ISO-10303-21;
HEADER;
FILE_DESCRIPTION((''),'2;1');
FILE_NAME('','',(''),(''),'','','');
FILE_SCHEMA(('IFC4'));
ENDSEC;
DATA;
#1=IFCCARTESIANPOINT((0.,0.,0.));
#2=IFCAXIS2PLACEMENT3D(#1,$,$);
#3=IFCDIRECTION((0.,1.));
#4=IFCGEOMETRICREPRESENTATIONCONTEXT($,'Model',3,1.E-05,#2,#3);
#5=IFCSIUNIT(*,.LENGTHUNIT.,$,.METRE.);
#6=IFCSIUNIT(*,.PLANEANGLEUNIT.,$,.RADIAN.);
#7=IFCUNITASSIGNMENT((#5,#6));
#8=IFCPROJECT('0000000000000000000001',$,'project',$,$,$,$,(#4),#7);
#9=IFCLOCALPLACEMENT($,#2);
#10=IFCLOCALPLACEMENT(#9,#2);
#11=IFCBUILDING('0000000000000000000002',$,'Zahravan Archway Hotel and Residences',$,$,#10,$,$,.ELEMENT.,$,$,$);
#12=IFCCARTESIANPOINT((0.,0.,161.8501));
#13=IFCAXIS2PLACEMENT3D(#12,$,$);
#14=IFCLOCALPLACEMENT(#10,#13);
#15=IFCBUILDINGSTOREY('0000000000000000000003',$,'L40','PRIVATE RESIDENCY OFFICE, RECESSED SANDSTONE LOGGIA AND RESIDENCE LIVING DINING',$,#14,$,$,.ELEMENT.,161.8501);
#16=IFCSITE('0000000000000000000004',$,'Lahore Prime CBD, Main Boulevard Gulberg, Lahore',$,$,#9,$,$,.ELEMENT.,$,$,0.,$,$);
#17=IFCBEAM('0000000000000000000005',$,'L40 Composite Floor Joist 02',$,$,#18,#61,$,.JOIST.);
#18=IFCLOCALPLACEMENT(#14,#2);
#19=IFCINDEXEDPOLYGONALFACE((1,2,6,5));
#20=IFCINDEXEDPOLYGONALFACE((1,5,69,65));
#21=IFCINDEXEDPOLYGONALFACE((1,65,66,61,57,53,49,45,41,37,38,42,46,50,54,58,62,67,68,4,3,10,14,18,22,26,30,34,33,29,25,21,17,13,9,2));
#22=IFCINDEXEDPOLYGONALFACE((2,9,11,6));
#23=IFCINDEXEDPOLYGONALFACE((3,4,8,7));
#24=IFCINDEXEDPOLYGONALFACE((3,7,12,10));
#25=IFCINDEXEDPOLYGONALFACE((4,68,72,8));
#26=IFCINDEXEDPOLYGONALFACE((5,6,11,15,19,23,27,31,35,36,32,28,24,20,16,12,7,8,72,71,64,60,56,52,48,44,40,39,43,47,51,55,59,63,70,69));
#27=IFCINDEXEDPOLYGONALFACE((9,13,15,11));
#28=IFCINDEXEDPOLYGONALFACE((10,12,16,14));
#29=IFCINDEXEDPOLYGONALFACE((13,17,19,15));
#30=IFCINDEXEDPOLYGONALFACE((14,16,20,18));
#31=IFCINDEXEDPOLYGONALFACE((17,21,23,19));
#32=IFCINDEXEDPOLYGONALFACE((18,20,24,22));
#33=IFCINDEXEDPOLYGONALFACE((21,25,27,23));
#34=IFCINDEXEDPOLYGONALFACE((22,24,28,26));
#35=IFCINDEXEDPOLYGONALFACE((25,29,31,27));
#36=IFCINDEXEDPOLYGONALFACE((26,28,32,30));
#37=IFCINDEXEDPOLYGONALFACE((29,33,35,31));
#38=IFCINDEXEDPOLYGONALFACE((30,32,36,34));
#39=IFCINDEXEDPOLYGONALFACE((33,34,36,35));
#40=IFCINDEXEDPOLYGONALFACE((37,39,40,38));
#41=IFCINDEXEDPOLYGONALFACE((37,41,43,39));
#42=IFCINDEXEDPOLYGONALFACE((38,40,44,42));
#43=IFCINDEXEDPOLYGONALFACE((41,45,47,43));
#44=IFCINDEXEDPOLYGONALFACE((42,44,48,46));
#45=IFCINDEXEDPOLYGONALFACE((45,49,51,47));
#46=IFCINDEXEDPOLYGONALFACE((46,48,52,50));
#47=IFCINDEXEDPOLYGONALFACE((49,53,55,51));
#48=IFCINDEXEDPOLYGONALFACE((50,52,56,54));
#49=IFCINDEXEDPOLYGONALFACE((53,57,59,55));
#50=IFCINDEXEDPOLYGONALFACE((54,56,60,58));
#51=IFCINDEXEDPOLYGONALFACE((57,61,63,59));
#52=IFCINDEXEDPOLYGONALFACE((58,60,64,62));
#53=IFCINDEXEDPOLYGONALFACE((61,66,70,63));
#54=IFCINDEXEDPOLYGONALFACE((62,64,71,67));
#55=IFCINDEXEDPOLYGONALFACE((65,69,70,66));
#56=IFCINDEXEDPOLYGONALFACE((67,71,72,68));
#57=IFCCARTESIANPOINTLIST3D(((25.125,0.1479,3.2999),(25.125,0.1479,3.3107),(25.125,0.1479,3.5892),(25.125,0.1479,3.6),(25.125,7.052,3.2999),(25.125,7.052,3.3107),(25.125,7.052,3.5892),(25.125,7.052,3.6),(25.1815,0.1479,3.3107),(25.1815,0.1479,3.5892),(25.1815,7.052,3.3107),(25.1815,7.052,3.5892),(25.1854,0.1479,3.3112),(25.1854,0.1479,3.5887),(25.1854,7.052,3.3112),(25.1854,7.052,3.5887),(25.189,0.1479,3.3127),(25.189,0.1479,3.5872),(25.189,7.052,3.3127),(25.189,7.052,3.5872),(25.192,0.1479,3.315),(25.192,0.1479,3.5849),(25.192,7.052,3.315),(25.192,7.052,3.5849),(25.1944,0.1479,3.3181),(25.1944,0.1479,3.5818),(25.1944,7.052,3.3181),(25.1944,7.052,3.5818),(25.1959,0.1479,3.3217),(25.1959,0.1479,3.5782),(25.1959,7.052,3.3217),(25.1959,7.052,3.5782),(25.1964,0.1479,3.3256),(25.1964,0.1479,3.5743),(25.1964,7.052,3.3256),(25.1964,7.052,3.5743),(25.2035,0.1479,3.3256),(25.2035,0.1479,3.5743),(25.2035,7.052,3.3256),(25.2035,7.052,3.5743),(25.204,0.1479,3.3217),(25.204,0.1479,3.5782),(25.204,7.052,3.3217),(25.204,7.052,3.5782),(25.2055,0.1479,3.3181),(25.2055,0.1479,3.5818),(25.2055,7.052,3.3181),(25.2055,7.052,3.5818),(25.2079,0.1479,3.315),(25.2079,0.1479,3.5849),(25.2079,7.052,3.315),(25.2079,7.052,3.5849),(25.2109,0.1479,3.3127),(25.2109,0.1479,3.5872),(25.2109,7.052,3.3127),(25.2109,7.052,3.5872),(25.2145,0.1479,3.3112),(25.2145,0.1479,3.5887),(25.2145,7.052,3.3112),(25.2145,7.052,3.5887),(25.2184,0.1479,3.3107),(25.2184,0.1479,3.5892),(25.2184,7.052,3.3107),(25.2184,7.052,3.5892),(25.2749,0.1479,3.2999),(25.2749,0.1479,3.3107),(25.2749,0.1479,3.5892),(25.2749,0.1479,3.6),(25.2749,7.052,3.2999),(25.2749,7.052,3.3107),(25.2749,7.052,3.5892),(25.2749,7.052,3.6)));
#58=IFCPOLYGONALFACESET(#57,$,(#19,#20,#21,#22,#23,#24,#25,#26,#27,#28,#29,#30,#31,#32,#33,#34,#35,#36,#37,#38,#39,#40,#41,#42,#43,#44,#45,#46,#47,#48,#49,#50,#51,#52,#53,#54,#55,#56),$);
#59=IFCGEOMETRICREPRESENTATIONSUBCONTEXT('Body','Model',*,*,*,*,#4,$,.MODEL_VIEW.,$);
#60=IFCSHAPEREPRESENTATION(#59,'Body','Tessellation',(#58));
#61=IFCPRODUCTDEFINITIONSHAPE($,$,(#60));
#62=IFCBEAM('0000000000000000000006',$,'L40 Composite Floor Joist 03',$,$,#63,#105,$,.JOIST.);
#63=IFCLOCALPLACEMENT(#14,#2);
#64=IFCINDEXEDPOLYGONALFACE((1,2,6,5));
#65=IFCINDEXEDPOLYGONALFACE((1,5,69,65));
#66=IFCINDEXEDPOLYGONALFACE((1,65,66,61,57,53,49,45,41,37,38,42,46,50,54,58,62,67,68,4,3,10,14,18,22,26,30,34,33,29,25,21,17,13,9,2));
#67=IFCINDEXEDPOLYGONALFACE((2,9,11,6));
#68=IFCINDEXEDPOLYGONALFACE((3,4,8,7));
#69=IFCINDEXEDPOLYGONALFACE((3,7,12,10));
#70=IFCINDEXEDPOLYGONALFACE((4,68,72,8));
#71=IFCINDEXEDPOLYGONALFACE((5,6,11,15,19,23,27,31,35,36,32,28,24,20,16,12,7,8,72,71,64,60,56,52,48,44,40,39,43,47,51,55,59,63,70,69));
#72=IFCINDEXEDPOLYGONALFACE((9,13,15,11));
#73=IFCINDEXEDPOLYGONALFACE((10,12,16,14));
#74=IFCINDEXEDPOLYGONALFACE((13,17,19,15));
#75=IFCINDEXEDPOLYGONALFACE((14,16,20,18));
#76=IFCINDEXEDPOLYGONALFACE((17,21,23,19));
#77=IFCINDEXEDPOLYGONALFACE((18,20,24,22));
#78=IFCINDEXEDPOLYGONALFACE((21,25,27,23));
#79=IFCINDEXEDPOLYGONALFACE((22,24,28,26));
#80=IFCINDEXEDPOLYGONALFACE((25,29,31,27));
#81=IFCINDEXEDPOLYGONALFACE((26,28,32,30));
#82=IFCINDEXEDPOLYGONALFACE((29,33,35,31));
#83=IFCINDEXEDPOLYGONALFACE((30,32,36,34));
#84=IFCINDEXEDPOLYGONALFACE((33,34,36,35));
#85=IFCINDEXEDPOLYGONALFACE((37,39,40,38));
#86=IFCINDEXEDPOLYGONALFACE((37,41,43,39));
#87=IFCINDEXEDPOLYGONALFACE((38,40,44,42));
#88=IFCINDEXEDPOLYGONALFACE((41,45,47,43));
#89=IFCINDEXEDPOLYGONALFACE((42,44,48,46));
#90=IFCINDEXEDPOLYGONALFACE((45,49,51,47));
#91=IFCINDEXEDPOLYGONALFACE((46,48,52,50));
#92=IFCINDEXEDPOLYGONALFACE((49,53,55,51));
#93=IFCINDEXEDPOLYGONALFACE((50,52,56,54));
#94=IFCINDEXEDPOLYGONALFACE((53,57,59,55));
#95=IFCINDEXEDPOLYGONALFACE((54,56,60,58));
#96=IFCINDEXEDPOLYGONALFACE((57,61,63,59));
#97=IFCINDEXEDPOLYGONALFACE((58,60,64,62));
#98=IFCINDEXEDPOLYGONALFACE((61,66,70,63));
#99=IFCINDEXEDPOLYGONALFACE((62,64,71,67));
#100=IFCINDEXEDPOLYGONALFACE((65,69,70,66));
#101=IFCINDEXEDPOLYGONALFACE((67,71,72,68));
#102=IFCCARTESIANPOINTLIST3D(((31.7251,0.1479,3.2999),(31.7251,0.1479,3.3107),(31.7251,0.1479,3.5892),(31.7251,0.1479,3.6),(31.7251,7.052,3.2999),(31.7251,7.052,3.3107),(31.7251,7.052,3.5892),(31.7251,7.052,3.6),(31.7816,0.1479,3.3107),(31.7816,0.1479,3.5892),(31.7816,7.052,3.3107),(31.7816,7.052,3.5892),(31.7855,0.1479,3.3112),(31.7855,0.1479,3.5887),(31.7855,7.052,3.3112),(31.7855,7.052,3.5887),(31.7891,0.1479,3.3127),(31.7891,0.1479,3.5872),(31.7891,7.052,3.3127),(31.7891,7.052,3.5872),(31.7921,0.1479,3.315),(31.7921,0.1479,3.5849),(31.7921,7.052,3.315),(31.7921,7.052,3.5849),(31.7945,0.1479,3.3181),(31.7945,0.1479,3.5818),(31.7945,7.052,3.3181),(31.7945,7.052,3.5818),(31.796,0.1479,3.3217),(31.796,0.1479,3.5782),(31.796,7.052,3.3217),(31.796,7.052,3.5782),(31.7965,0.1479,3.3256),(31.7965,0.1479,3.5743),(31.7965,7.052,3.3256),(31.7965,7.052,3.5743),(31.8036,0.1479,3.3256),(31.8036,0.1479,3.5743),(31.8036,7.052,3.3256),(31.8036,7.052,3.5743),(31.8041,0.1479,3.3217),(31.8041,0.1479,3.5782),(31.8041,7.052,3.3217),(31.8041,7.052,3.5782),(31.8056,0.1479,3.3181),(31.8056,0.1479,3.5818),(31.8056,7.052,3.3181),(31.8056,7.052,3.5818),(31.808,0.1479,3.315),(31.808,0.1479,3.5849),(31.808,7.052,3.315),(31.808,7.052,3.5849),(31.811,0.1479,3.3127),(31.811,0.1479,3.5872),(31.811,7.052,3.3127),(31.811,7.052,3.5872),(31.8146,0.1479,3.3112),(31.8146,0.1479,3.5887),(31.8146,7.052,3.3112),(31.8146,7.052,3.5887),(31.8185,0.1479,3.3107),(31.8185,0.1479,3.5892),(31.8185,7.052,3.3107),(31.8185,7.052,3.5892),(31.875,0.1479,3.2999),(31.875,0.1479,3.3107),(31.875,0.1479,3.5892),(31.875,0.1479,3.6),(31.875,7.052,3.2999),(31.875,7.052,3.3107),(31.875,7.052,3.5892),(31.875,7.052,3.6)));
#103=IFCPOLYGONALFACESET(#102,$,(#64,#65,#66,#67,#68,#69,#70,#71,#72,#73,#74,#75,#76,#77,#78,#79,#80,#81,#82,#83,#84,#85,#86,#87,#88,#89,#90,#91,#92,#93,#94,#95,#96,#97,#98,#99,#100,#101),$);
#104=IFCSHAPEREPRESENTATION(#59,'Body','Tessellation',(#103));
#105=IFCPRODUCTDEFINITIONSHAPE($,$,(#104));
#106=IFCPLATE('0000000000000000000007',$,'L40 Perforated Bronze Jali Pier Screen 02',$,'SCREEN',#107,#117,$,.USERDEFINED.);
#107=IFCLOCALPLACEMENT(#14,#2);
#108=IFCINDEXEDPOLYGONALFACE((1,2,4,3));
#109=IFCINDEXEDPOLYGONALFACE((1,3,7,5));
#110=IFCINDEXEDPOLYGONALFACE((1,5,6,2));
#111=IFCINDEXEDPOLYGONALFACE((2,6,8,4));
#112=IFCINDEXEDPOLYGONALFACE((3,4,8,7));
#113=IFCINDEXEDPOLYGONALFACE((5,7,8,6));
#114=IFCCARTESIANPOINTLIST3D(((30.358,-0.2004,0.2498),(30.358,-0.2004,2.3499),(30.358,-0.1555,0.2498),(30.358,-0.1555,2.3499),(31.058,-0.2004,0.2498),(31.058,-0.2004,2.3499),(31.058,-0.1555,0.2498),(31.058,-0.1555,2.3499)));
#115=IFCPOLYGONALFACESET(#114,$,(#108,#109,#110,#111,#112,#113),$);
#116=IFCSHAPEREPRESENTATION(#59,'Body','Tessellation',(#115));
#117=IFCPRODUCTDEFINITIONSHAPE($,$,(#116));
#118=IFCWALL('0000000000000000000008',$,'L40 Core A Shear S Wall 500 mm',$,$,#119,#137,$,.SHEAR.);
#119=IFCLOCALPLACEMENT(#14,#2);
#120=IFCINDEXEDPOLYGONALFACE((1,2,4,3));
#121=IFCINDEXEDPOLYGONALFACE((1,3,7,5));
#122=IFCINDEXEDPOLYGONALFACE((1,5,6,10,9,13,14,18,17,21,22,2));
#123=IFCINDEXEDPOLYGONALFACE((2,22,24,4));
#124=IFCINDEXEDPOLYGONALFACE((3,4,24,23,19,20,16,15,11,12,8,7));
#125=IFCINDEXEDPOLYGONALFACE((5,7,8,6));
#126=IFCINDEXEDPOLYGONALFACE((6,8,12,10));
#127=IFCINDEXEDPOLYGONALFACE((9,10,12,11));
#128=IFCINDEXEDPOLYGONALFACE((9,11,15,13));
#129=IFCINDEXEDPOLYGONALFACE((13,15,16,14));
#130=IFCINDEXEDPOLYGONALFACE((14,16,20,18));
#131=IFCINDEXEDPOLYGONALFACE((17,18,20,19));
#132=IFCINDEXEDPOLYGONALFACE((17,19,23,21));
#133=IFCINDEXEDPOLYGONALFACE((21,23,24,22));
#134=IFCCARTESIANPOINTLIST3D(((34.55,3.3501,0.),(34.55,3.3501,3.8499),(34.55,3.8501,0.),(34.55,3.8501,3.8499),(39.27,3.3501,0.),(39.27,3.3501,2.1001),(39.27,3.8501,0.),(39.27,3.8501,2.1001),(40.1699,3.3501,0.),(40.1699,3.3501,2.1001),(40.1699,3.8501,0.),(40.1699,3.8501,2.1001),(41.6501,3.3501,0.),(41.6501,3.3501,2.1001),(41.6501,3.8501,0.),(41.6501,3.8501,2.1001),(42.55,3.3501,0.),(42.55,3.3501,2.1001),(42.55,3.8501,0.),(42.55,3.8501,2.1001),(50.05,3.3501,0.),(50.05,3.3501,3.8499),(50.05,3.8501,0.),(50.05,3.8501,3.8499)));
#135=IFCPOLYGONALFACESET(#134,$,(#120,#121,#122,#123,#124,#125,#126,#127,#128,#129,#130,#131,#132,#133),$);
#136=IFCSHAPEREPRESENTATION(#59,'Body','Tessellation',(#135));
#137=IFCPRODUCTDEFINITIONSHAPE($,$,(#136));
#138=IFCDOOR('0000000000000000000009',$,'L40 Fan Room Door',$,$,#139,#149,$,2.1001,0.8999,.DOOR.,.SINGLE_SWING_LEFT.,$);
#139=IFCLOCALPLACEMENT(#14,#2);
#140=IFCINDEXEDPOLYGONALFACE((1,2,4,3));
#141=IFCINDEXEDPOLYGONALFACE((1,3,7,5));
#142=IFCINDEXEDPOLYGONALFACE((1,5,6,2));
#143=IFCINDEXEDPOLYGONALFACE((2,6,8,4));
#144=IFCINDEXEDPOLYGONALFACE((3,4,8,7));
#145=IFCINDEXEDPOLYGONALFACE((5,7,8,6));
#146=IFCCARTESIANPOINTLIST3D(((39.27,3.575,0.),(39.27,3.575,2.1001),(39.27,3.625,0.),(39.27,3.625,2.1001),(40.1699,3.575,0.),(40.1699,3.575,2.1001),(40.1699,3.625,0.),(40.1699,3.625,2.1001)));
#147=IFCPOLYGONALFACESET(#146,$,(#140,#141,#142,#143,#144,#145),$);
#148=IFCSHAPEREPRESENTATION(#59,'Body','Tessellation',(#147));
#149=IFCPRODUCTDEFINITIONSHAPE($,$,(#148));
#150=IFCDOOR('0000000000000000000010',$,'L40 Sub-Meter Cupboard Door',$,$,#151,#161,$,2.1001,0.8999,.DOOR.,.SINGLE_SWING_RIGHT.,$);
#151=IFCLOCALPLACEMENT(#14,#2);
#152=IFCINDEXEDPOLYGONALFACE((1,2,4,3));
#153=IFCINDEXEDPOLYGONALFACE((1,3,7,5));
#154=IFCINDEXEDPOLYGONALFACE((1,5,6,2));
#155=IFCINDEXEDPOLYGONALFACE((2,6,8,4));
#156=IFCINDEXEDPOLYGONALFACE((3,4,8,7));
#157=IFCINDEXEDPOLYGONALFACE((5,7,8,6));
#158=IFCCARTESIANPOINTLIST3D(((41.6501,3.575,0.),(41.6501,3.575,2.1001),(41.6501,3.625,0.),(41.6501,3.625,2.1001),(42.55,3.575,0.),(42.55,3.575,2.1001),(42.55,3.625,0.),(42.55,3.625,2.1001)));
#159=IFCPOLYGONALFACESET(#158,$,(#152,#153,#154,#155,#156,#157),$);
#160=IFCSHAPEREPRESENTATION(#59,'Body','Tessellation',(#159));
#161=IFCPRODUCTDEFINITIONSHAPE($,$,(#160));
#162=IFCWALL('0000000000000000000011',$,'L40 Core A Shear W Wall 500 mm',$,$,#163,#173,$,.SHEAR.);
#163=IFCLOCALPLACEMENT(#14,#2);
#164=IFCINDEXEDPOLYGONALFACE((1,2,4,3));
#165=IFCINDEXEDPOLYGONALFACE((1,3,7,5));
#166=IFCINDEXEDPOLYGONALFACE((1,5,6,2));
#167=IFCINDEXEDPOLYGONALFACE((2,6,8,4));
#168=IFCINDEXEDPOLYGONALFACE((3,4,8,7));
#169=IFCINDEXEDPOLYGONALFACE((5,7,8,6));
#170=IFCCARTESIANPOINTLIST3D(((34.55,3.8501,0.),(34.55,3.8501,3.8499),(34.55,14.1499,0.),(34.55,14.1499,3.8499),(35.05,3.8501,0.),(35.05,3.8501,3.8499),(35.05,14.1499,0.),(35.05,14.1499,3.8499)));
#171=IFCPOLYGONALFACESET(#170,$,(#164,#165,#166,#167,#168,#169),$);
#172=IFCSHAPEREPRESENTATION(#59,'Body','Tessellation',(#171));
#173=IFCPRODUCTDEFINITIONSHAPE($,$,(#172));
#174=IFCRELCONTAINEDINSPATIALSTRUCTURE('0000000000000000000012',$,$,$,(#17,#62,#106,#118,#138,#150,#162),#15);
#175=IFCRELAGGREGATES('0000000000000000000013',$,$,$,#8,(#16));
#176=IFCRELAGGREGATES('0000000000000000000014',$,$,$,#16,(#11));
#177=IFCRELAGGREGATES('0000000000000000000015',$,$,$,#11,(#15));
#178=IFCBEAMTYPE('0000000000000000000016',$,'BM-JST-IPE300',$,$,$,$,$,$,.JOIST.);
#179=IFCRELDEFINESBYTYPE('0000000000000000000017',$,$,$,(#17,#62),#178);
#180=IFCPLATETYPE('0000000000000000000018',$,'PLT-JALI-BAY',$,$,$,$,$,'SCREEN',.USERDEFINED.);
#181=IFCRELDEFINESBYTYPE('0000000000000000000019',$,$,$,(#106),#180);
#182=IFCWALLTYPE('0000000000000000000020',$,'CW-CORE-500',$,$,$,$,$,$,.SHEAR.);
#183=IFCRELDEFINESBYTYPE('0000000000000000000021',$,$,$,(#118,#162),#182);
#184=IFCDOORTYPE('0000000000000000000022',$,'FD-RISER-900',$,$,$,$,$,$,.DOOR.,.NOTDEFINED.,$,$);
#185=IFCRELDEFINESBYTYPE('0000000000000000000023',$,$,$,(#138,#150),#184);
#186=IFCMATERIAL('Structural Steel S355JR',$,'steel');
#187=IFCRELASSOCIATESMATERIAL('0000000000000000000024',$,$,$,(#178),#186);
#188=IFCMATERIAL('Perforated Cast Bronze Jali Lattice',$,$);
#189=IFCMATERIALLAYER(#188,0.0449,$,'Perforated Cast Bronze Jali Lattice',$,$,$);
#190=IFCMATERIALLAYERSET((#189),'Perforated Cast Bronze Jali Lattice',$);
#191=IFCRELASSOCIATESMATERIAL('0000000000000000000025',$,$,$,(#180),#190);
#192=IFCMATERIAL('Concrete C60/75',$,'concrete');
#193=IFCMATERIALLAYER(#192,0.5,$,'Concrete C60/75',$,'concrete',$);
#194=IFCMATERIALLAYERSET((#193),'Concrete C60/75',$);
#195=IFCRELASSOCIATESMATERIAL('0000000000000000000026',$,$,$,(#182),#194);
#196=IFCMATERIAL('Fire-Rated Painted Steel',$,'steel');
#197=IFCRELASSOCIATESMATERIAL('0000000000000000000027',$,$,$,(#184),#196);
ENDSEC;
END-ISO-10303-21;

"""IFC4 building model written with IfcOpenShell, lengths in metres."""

from ifc_helpers import new_model, si_unit, direction, frame, frame_2d, origin, origin_2d, place, context, subcontext, project, spatial, rectangle, i_section, extrude, source, transform, mapped, material, layer, layer_set, material_profile, profile_set, type_object, type_shapes, element, fill, save


model = new_model("IFC4")

# Units and contexts
model_context = context("Model", 3, precision=1e-05, world=origin(), true_north=direction((0.0, 1.0)))
body_context = subcontext(model_context, "Body", "Model", "MODEL_VIEW")
ifc_project = project(units=[si_unit("LENGTHUNIT", "METRE"), si_unit("PLANEANGLEUNIT", "RADIAN")], contexts=[model_context])

# Site, building, storey
site_placement = place(None, origin())
site = spatial("IfcSite", under=ifc_project, at=site_placement, Name="Lahore Prime CBD, Main Boulevard Gulberg, Lahore", CompositionType="ELEMENT", RefElevation=0.0)
building_placement = place(site_placement, origin())
building = spatial("IfcBuilding", under=site, at=building_placement, Name="Zahravan Archway Hotel and Residences", CompositionType="ELEMENT")
storey_placement = place(building_placement, frame((0.0, 0.0, 161.8501)))
storey = spatial("IfcBuildingStorey", under=building, at=storey_placement, Name="L40", Description="PRIVATE RESIDENCY OFFICE, RECESSED SANDSTONE LOGGIA AND RESIDENCE LIVING DINING", CompositionType="ELEMENT", Elevation=161.8501)

# Shared definitions
ifc_material_1 = material(Name="Concrete C60/75", Category="concrete")

# Beams
ifc_material_2 = material(Name="Structural Steel S355JR", Category="steel")
ifc_material_profile_1 = material_profile(ifc_material_2, i_section(OverallWidth=0.1499, OverallDepth=0.3, WebThickness=0.0071, FlangeThickness=0.0107, FilletRadius=0.0149, at=origin_2d()), Name="IPE 300", Category="steel")
ifc_profile_set_1 = profile_set([ifc_material_profile_1], Name="Structural Steel S355JR")
beam_type_1 = type_object("IfcBeamType", Name="BM-JST-IPE300", PredefinedType="JOIST", material=ifc_profile_set_1)
shared_shape_1 = source(origin(), body_context, "Body", "SweptSolid", [
    extrude(i_section(OverallWidth=0.1499, OverallDepth=0.3, WebThickness=0.0071, FlangeThickness=0.0107, FilletRadius=0.0149, at=origin_2d()), origin(), (0.0, 0.0, 1.0), 6.9041),
])
type_shapes(beam_type_1, [shared_shape_1])
for number, where, z_axis, x_axis, name in (
    (1, (25.2, 0.1479, 3.45), (0.0, 1.0, 0.0), (-1.0, 0.0, 0.0), "L40 Composite Floor Joist 02"),
    (2, (31.8, 0.1479, 3.45), (0.0, 1.0, 0.0), (-1.0, 0.0, 0.0), "L40 Composite Floor Joist 03"),
):
    element("IfcBeam", number, at=place(storey_placement, frame(where, z_axis=z_axis, x_axis=x_axis)), inside=storey, type_object=beam_type_1, Name=name, PredefinedType="JOIST", context=body_context, shape_type="MappedRepresentation", body=[
        mapped(shared_shape_1, transform((0.0, 0.0, 0.0), scale=1.0)),
    ])

# Plate
ifc_material_3 = material(Name="Perforated Cast Bronze Jali Lattice")
ifc_layer_1 = layer(ifc_material_3, 0.0449, Name="Perforated Cast Bronze Jali Lattice")
ifc_layer_set_1 = layer_set([ifc_layer_1], Name="Perforated Cast Bronze Jali Lattice")
plate_type = type_object("IfcPlateType", Name="PLT-JALI-BAY", ElementType="SCREEN", PredefinedType="USERDEFINED", material=ifc_layer_set_1)
shared_shape_2 = source(origin(), body_context, "Body", "SweptSolid", [
    extrude(rectangle(XDim=0.7, YDim=0.0449, at=origin_2d()), origin(), (0.0, 0.0, 1.0), 2.1001),
])
type_shapes(plate_type, [shared_shape_2])
plate_placement = place(storey_placement, frame((30.708, -0.178, 0.2498), z_axis=(0.0, 0.0, 1.0), x_axis=(1.0, 0.0, 0.0)))
element("IfcPlate", 3, at=plate_placement, inside=storey, type_object=plate_type, Name="L40 Perforated Bronze Jali Pier Screen 02", ObjectType="SCREEN", PredefinedType="USERDEFINED", context=body_context, shape_type="MappedRepresentation", body=[
    mapped(shared_shape_2, transform((0.0, 0.0, 0.0), scale=1.0)),
])

# Wall, openings, doors
ifc_layer_2 = layer(ifc_material_1, 0.5, Name="Concrete C60/75", Category="concrete")
ifc_layer_set_2 = layer_set([ifc_layer_2], Name="Concrete C60/75")
wall_type_1 = type_object("IfcWallType", Name="CW-CORE-500", PredefinedType="SHEAR", material=ifc_layer_set_2)
wall_1_placement = place(storey_placement, frame((34.55, 3.6001, 0.0), z_axis=(0.0, 0.0, 1.0), x_axis=(1.0, 0.0, 0.0)))
wall_1 = element("IfcWall", 4, at=wall_1_placement, inside=storey, type_object=wall_type_1, Name="L40 Core A Shear S Wall 500 mm", PredefinedType="SHEAR", context=body_context, shape_type="SweptSolid", body=[
    extrude(rectangle(XDim=15.5, YDim=0.5, at=frame_2d((7.75, 0.0))), origin(), (0.0, 0.0, 1.0), 3.8499),
])
opening_1_placement = place(wall_1_placement, frame((4.72, 0.0, 0.0)))
opening_1 = element("IfcOpeningElement", 5, at=opening_1_placement, cuts=wall_1, PredefinedType="OPENING", context=body_context, shape_type="SweptSolid", body=[
    extrude(rectangle(XDim=0.8999, YDim=2.1001, at=frame_2d((0.45, 1.05))), frame((0.0, 0.26, 0.0), z_axis=(0.0, -1.0, 0.0), x_axis=(1.0, 0.0, 0.0)), (0.0, 0.0, 1.0), 0.52),
])
opening_2_placement = place(wall_1_placement, frame((7.1001, 0.0, 0.0)))
opening_2 = element("IfcOpeningElement", 6, at=opening_2_placement, cuts=wall_1, PredefinedType="OPENING", context=body_context, shape_type="SweptSolid", body=[
    extrude(rectangle(XDim=0.8999, YDim=2.1001, at=frame_2d((0.45, 1.05))), frame((0.0, 0.26, 0.0), z_axis=(0.0, -1.0, 0.0), x_axis=(1.0, 0.0, 0.0)), (0.0, 0.0, 1.0), 0.52),
])
ifc_material_4 = material(Name="Fire-Rated Painted Steel", Category="steel")
door_type_1 = type_object("IfcDoorType", Name="FD-RISER-900", OperationType="NOTDEFINED", PredefinedType="DOOR", material=ifc_material_4)
shared_shape_3 = source(origin(), body_context, "Body", "SweptSolid", [
    extrude(rectangle(XDim=0.8999, YDim=2.1001, at=frame_2d((0.45, 1.05))), frame((0.0, 0.0249, 0.0), z_axis=(0.0, -1.0, 0.0), x_axis=(1.0, 0.0, 0.0)), (0.0, 0.0, 1.0), 0.05),
])
type_shapes(door_type_1, [shared_shape_3])
door_1_placement = place(opening_1_placement, origin())
door_1 = element("IfcDoor", 7, at=door_1_placement, inside=storey, type_object=door_type_1, Name="L40 Fan Room Door", OperationType="SINGLE_SWING_LEFT", OverallHeight=2.1001, OverallWidth=0.8999, PredefinedType="DOOR", context=body_context, shape_type="MappedRepresentation", body=[
    mapped(shared_shape_3, transform((0.0, 0.0, 0.0), scale=1.0)),
])
fill(opening_1, door_1)
door_2_placement = place(opening_2_placement, origin())
door_2 = element("IfcDoor", 8, at=door_2_placement, inside=storey, type_object=door_type_1, Name="L40 Sub-Meter Cupboard Door", OperationType="SINGLE_SWING_RIGHT", OverallHeight=2.1001, OverallWidth=0.8999, PredefinedType="DOOR", context=body_context, shape_type="MappedRepresentation", body=[
    mapped(shared_shape_3, transform((0.0, 0.0, 0.0), scale=1.0)),
])
fill(opening_2, door_2)

# Wall
wall_2_placement = place(storey_placement, frame((34.8, 3.8501, 0.0), z_axis=(0.0, 0.0, 1.0), x_axis=(0.0, 1.0, 0.0)))
element("IfcWall", 9, at=wall_2_placement, inside=storey, type_object=wall_type_1, Name="L40 Core A Shear W Wall 500 mm", PredefinedType="SHEAR", context=body_context, shape_type="SweptSolid", body=[
    extrude(rectangle(XDim=10.2998, YDim=0.5, at=frame_2d((5.1499, 0.0))), origin(), (0.0, 0.0, 1.0), 3.8499),
])

save(model, "model.ifc")
